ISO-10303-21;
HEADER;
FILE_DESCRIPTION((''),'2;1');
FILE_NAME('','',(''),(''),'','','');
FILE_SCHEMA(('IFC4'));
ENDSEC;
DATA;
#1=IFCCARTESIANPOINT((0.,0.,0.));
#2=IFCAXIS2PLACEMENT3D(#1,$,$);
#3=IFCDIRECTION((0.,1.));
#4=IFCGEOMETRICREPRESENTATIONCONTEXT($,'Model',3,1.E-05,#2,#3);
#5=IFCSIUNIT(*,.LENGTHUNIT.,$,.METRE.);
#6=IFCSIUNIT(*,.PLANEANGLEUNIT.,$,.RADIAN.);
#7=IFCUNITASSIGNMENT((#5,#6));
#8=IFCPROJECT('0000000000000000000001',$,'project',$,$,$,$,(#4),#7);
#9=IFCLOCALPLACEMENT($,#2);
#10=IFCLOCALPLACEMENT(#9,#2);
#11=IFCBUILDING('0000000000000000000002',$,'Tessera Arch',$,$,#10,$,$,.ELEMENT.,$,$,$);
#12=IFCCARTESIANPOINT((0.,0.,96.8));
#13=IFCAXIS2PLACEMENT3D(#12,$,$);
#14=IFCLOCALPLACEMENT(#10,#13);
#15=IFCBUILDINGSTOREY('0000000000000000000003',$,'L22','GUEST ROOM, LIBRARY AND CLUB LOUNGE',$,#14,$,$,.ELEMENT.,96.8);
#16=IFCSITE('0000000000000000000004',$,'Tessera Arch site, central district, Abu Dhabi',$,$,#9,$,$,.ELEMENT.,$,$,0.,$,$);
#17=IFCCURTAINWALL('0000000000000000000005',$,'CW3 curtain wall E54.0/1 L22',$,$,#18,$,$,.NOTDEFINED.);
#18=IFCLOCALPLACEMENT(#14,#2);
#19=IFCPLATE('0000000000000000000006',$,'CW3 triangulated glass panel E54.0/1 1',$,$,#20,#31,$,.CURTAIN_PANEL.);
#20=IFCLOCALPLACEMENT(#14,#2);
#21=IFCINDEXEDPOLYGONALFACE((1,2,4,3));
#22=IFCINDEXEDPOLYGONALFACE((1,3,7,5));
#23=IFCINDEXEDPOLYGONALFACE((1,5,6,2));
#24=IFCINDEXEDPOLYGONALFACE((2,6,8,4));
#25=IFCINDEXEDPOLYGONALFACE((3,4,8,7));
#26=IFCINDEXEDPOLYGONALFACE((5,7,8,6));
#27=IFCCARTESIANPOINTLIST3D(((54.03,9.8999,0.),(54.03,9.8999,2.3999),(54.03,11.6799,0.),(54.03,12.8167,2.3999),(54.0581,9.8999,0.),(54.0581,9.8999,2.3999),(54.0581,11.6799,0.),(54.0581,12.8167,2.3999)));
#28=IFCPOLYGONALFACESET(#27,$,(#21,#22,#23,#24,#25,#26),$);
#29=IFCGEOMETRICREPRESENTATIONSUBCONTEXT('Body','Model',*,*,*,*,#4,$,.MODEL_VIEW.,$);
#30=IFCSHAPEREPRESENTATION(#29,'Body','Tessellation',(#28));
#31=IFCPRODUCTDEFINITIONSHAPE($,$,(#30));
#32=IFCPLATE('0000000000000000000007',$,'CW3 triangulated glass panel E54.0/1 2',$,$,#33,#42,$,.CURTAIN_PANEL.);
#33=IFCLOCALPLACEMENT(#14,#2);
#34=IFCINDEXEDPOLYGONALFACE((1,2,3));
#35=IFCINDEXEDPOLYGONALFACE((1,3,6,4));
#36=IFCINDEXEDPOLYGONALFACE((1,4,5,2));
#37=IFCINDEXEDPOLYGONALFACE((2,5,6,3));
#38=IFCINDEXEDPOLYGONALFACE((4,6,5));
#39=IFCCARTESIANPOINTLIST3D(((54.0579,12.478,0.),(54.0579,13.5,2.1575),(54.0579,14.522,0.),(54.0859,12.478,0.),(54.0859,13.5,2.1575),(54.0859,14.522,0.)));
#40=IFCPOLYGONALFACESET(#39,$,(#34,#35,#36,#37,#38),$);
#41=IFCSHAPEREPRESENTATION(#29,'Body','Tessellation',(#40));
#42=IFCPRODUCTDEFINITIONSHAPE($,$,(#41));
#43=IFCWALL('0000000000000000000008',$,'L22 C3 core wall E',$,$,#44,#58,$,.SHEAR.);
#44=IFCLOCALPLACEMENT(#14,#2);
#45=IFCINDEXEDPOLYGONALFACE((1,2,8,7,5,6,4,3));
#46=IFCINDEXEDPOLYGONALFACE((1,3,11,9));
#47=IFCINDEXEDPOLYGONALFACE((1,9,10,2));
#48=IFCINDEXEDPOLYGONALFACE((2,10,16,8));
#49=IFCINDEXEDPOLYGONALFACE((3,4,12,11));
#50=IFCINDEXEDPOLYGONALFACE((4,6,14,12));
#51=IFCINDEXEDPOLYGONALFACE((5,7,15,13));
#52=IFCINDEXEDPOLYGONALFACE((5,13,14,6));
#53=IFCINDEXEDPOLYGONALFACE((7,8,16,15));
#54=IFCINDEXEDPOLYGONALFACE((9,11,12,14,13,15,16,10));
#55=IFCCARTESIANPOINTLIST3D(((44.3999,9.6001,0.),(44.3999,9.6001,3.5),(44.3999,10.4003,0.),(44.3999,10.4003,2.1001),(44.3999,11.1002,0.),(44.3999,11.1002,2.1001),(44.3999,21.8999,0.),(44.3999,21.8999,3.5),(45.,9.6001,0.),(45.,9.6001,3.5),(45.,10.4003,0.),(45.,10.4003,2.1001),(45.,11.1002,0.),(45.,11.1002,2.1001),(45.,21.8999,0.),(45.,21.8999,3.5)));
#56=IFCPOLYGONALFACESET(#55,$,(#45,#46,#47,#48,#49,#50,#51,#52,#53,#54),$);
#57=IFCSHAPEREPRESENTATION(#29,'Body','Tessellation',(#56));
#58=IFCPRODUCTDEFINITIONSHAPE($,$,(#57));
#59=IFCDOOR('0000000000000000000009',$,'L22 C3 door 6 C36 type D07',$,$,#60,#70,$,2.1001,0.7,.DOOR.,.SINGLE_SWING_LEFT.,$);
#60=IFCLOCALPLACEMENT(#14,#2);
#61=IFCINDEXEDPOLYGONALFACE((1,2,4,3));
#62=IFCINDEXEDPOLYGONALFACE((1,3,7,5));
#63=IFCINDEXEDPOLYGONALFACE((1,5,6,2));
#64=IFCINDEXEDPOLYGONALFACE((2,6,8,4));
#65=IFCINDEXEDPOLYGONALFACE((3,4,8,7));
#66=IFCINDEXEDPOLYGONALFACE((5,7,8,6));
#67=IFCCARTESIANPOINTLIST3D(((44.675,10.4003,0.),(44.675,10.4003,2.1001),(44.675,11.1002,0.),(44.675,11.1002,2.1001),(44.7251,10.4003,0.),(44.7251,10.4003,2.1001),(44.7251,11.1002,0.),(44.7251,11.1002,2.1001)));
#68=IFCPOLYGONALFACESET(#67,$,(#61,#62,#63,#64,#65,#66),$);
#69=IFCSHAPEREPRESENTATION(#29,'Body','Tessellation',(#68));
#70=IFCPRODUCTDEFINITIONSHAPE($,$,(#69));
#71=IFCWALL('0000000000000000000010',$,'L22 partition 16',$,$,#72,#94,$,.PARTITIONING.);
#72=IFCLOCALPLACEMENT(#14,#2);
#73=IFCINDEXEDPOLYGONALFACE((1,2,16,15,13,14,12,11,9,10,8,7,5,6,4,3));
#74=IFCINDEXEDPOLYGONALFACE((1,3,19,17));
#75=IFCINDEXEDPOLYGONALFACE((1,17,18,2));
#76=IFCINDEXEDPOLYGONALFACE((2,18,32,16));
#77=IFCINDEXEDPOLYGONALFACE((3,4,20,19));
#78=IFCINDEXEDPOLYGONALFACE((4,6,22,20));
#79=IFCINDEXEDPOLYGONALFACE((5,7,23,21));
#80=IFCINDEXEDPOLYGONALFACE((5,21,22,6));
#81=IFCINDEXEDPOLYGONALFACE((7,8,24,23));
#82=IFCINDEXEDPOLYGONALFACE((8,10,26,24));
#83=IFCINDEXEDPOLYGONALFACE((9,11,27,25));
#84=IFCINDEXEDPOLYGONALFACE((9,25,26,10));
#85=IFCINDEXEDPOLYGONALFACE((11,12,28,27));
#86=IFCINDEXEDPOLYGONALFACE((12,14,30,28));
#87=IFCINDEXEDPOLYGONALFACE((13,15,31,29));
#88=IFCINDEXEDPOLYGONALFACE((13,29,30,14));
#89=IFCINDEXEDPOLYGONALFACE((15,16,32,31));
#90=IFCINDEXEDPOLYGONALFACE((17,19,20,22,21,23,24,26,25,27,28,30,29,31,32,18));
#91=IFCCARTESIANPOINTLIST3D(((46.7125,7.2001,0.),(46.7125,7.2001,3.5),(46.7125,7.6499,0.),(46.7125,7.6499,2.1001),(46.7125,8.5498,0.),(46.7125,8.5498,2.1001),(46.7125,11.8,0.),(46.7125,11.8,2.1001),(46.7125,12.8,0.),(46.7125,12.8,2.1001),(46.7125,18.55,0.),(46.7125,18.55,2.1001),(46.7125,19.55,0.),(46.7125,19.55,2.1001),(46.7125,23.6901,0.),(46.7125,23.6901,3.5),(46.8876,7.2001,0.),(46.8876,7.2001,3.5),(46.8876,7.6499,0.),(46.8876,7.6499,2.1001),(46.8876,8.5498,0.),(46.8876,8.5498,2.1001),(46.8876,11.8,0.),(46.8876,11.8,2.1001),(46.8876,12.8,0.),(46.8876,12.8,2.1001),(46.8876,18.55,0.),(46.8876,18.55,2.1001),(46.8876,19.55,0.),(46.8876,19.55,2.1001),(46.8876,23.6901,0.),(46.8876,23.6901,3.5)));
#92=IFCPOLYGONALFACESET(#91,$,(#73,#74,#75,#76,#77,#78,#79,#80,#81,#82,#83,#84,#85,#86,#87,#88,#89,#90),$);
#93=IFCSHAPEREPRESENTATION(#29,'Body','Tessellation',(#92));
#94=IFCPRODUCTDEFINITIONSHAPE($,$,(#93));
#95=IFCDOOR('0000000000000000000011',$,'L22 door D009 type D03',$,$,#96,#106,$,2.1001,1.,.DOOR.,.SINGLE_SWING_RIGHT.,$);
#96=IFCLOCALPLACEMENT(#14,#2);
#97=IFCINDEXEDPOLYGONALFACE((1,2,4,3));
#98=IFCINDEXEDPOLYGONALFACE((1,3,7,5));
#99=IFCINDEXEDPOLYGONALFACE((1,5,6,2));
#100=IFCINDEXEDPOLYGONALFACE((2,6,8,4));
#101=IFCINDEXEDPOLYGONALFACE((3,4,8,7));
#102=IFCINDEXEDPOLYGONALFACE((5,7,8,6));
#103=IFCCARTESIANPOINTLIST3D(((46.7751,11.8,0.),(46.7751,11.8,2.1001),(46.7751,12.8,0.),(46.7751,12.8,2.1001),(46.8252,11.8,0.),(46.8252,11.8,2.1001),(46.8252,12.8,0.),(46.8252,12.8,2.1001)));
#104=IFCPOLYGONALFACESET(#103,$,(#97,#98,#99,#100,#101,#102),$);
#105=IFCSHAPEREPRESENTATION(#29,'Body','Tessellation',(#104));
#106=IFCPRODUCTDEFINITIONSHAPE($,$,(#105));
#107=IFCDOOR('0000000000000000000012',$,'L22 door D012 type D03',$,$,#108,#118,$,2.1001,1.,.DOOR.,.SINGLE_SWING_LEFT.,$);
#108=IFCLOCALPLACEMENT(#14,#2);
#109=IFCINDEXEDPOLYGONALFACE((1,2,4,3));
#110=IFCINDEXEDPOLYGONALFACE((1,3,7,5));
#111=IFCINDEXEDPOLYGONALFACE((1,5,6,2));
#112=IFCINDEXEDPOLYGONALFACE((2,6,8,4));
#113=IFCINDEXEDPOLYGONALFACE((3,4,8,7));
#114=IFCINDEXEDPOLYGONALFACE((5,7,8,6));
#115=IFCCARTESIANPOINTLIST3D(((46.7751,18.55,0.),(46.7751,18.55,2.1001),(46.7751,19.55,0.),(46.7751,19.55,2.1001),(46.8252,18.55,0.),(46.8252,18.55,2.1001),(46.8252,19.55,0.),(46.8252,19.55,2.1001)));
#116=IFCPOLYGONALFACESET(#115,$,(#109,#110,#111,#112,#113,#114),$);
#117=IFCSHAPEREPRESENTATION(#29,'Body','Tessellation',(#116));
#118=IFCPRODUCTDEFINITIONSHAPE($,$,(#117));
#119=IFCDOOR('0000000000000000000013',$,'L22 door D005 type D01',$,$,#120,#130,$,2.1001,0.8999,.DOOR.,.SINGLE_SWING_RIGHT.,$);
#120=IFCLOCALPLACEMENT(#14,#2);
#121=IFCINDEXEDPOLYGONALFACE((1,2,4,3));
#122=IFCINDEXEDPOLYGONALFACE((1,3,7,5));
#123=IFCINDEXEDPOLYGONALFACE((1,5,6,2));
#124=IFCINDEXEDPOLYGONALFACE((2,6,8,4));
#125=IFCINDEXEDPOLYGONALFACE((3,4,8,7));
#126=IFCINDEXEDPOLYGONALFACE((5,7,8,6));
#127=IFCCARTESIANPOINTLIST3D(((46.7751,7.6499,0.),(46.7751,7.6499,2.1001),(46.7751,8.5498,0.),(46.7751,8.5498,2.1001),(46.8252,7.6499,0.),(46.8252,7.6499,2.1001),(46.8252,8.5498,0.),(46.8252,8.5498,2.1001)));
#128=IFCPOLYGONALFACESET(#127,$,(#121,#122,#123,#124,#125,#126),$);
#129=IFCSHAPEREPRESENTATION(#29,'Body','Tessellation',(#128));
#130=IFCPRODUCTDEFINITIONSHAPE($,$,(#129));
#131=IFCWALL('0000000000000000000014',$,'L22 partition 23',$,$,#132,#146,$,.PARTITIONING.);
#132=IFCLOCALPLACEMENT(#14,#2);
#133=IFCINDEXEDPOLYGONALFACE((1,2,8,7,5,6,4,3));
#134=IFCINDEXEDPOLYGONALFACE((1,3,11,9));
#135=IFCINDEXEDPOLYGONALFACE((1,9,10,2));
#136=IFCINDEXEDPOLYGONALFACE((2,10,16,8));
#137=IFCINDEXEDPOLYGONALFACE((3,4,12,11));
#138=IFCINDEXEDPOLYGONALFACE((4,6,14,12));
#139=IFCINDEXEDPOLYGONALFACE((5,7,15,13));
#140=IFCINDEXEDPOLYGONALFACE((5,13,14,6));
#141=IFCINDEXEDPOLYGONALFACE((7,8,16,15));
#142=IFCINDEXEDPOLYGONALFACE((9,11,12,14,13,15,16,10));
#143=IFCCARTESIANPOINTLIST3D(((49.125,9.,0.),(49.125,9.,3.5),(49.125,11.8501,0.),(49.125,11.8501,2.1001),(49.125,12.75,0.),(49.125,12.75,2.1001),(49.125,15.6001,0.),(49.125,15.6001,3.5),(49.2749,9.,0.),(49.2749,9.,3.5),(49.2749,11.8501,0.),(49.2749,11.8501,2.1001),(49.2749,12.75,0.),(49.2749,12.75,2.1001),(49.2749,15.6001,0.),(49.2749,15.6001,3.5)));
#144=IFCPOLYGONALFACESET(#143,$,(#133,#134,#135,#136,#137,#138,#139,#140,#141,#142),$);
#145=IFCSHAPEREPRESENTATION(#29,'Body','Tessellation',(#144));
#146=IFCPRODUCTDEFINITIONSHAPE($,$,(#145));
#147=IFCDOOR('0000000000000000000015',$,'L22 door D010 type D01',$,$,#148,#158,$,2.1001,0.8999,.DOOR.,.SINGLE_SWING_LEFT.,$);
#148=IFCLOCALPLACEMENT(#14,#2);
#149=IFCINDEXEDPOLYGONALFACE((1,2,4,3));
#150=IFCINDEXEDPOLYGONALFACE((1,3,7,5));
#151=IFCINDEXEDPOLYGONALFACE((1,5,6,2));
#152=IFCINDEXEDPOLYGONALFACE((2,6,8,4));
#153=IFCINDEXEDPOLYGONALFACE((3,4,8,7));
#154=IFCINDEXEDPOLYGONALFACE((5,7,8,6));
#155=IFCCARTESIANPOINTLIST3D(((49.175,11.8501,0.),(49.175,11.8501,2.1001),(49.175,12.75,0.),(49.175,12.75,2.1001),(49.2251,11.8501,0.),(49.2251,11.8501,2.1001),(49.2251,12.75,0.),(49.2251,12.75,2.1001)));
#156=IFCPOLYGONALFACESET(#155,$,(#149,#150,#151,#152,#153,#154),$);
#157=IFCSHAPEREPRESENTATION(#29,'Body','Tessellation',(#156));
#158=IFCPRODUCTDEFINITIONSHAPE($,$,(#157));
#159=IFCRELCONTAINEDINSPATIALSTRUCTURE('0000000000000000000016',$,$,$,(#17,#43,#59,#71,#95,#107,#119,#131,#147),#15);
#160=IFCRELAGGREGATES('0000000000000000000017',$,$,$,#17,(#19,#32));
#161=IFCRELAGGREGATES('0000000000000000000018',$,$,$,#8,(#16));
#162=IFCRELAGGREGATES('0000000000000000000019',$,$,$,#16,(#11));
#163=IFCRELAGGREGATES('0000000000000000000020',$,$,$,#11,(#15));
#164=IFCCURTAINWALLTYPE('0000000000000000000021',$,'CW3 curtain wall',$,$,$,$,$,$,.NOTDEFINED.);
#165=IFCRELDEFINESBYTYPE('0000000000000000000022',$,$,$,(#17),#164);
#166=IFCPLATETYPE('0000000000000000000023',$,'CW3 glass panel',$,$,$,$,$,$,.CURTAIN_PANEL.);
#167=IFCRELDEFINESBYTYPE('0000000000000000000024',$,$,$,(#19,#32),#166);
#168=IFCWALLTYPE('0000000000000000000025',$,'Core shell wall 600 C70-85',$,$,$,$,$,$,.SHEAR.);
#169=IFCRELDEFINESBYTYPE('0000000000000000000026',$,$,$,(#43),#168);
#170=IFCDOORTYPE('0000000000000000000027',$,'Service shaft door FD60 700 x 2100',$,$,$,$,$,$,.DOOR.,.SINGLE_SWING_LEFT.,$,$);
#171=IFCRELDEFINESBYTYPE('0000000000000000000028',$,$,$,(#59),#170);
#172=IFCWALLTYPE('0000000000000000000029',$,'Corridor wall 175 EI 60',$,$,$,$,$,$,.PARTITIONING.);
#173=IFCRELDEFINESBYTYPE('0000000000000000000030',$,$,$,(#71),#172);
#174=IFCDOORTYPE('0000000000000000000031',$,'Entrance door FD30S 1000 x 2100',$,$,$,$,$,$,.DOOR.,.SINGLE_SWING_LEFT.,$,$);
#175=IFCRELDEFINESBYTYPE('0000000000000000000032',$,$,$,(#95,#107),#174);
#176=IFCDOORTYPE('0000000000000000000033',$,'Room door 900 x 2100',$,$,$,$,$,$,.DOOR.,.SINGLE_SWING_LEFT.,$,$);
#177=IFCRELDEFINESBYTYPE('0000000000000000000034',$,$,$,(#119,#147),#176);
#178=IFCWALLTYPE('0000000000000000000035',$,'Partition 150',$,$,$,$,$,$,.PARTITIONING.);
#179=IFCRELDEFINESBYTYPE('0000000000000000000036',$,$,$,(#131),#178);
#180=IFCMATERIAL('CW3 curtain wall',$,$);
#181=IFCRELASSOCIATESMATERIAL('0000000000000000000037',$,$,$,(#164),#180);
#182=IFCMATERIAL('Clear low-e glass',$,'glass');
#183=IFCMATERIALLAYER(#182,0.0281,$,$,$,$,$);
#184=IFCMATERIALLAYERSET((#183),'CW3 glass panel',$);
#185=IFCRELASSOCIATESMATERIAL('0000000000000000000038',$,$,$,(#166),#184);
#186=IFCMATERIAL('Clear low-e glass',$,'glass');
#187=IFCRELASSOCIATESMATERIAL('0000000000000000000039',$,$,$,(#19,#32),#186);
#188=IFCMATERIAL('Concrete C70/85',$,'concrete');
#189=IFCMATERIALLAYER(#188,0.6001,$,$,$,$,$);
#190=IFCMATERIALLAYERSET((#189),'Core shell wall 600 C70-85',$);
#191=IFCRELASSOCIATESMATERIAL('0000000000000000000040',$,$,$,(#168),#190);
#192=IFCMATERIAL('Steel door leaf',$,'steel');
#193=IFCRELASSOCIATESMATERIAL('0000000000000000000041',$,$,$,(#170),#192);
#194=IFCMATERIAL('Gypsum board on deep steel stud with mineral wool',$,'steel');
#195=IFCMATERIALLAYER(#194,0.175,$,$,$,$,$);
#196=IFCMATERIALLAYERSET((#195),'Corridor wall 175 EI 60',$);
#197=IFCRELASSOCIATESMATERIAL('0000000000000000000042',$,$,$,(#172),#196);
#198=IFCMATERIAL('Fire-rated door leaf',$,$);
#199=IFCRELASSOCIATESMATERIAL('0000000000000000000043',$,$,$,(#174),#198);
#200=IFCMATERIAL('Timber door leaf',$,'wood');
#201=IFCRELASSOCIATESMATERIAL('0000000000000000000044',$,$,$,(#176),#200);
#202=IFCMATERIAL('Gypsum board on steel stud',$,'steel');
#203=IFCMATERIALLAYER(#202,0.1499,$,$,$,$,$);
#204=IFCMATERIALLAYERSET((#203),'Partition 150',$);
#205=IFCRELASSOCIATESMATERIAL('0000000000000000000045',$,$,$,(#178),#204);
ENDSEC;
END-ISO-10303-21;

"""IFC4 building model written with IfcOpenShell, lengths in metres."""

from ifc_helpers import new_model, si_unit, direction, frame, frame_2d, origin, place, context, subcontext, project, spatial, polyline, rectangle, outline, extrude, material, layer, layer_set, type_object, element, fill, aggregate, save


model = new_model("IFC4")

# Units and contexts
model_context = context("Model", 3, precision=1e-05, world=origin(), true_north=direction((0.0, 1.0)))
body_context = subcontext(model_context, "Body", "Model", "MODEL_VIEW")
ifc_project = project(units=[si_unit("LENGTHUNIT", "METRE"), si_unit("PLANEANGLEUNIT", "RADIAN")], contexts=[model_context])

# Site, building, storey
site_placement = place(None, origin())
site = spatial("IfcSite", under=ifc_project, at=site_placement, Name="Tessera Arch site, central district, Abu Dhabi", CompositionType="ELEMENT", RefElevation=0.0)
building_placement = place(site_placement, origin())
building = spatial("IfcBuilding", under=site, at=building_placement, Name="Tessera Arch", CompositionType="ELEMENT")
storey_placement = place(building_placement, frame((0.0, 0.0, 96.8)))
storey = spatial("IfcBuildingStorey", under=building, at=storey_placement, Name="L22", Description="GUEST ROOM, LIBRARY AND CLUB LOUNGE", CompositionType="ELEMENT", Elevation=96.8)

# Curtain wall
ifc_material_1 = material(Name="CW3 curtain wall")
curtain_wall_type_1 = type_object("IfcCurtainWallType", Name="CW3 curtain wall", PredefinedType="NOTDEFINED", material=ifc_material_1)
curtain_wall_1_placement = place(storey_placement, origin())
curtain_wall_1 = element("IfcCurtainWall", 1, at=curtain_wall_1_placement, inside=storey, type_object=curtain_wall_type_1, Name="CW3 curtain wall E54.0/1 L22", PredefinedType="NOTDEFINED")

# Plates
ifc_material_2 = material(Name="Clear low-e glass", Category="glass")
ifc_material_3 = material(Name="Clear low-e glass", Category="glass")
ifc_layer_1 = layer(ifc_material_3, 0.0281)
ifc_layer_set_1 = layer_set([ifc_layer_1], Name="CW3 glass panel")
plate_type_1 = type_object("IfcPlateType", Name="CW3 glass panel", PredefinedType="CURTAIN_PANEL", material=ifc_layer_set_1)
plate_1_placement = place(storey_placement, frame((54.0581, 9.8999, 0.0), z_axis=(1.0, 0.0, 0.0), x_axis=(0.0, 1.0, 0.0)))
plate_1 = element("IfcPlate", 2, at=plate_1_placement, type_object=plate_type_1, material=ifc_material_2, Name="CW3 triangulated glass panel E54.0/1 1", PredefinedType="CURTAIN_PANEL", context=body_context, shape_type="SweptSolid", body=[
    extrude(outline(polyline([(0.0, 0.0), (1.78, 0.0), (2.9167, 2.3999), (0.0, 2.3999), (0.0, 0.0)])), origin(), (0.0, 0.0, -1.0), 0.0281),
])
plate_2_placement = place(storey_placement, frame((54.0859, 12.478, 0.0), z_axis=(1.0, 0.0, 0.0), x_axis=(0.0, 1.0, 0.0)))
plate_2 = element("IfcPlate", 3, at=plate_2_placement, type_object=plate_type_1, material=ifc_material_2, Name="CW3 triangulated glass panel E54.0/1 2", PredefinedType="CURTAIN_PANEL", context=body_context, shape_type="SweptSolid", body=[
    extrude(outline(polyline([(0.0, 0.0), (2.0439, 0.0), (1.022, 2.1575), (0.0, 0.0)])), origin(), (0.0, 0.0, -1.0), 0.0281),
])

# Wall, opening, door
ifc_material_4 = material(Name="Concrete C70/85", Category="concrete")
ifc_layer_2 = layer(ifc_material_4, 0.6001)
ifc_layer_set_2 = layer_set([ifc_layer_2], Name="Core shell wall 600 C70-85")
wall_type_1 = type_object("IfcWallType", Name="Core shell wall 600 C70-85", PredefinedType="SHEAR", material=ifc_layer_set_2)
wall_1_placement = place(storey_placement, frame((44.7, 9.6001, 0.0), z_axis=(0.0, 0.0, 1.0), x_axis=(0.0, 1.0, 0.0)))
wall_1 = element("IfcWall", 4, at=wall_1_placement, inside=storey, type_object=wall_type_1, Name="L22 C3 core wall E", PredefinedType="SHEAR", context=body_context, shape_type="SweptSolid", body=[
    extrude(rectangle(XDim=12.2998, YDim=0.6001, at=frame_2d((6.1499, 0.0))), origin(), (0.0, 0.0, 1.0), 3.5),
])
opening_1_placement = place(wall_1_placement, frame((0.8, 0.0, 0.0)))
opening_1 = element("IfcOpeningElement", 5, at=opening_1_placement, cuts=wall_1, PredefinedType="OPENING", context=body_context, shape_type="SweptSolid", body=[
    extrude(rectangle(XDim=0.7, YDim=2.1001, at=frame_2d((0.3501, 1.05))), frame((0.0, 0.3101, 0.0), z_axis=(0.0, -1.0, 0.0), x_axis=(1.0, 0.0, 0.0)), (0.0, 0.0, 1.0), 0.6201),
])
ifc_material_5 = material(Name="Steel door leaf", Category="steel")
door_type_1 = type_object("IfcDoorType", Name="Service shaft door FD60 700 x 2100", OperationType="SINGLE_SWING_LEFT", PredefinedType="DOOR", material=ifc_material_5)
door_1_placement = place(opening_1_placement, origin())
door_1 = element("IfcDoor", 6, at=door_1_placement, inside=storey, type_object=door_type_1, Name="L22 C3 door 6 C36 type D07", OperationType="SINGLE_SWING_LEFT", OverallHeight=2.1001, OverallWidth=0.7, PredefinedType="DOOR", context=body_context, shape_type="SweptSolid", body=[
    extrude(rectangle(XDim=0.7, YDim=2.1001, at=frame_2d((0.3501, 1.05))), frame((0.0, 0.0249, 0.0), z_axis=(0.0, -1.0, 0.0), x_axis=(1.0, 0.0, 0.0)), (0.0, 0.0, 1.0), 0.05),
])
fill(opening_1, door_1)

# Wall, openings, doors
ifc_material_6 = material(Name="Gypsum board on deep steel stud with mineral wool", Category="steel")
ifc_layer_3 = layer(ifc_material_6, 0.175)
ifc_layer_set_3 = layer_set([ifc_layer_3], Name="Corridor wall 175 EI 60")
wall_type_2 = type_object("IfcWallType", Name="Corridor wall 175 EI 60", PredefinedType="PARTITIONING", material=ifc_layer_set_3)
wall_2_placement = place(storey_placement, frame((46.8, 7.2, 0.0), z_axis=(0.0, 0.0, 1.0), x_axis=(0.0, 1.0, 0.0)))
wall_2 = element("IfcWall", 7, at=wall_2_placement, inside=storey, type_object=wall_type_2, Name="L22 partition 16", PredefinedType="PARTITIONING", context=body_context, shape_type="SweptSolid", body=[
    extrude(rectangle(XDim=16.49, YDim=0.175, at=frame_2d((8.2451, 0.0))), origin(), (0.0, 0.0, 1.0), 3.5),
])
opening_2_placement = place(wall_2_placement, frame((0.45, 0.0, 0.0)))
opening_2 = element("IfcOpeningElement", 8, at=opening_2_placement, cuts=wall_2, PredefinedType="OPENING", context=body_context, shape_type="SweptSolid", body=[
    extrude(rectangle(XDim=0.8999, YDim=2.1001, at=frame_2d((0.45, 1.05))), frame((0.0, 0.0974, 0.0), z_axis=(0.0, -1.0, 0.0), x_axis=(1.0, 0.0, 0.0)), (0.0, 0.0, 1.0), 0.1951),
])
opening_3_placement = place(wall_2_placement, frame((4.6001, 0.0, 0.0)))
opening_3 = element("IfcOpeningElement", 9, at=opening_3_placement, cuts=wall_2, PredefinedType="OPENING", context=body_context, shape_type="SweptSolid", body=[
    extrude(rectangle(XDim=1.0, YDim=2.1001, at=frame_2d((0.5, 1.05))), frame((0.0, 0.0974, 0.0), z_axis=(0.0, -1.0, 0.0), x_axis=(1.0, 0.0, 0.0)), (0.0, 0.0, 1.0), 0.1951),
])
opening_4_placement = place(wall_2_placement, frame((11.3501, 0.0, 0.0)))
opening_4 = element("IfcOpeningElement", 10, at=opening_4_placement, cuts=wall_2, PredefinedType="OPENING", context=body_context, shape_type="SweptSolid", body=[
    extrude(rectangle(XDim=1.0, YDim=2.1001, at=frame_2d((0.5, 1.05))), frame((0.0, 0.0974, 0.0), z_axis=(0.0, -1.0, 0.0), x_axis=(1.0, 0.0, 0.0)), (0.0, 0.0, 1.0), 0.1951),
])
ifc_material_7 = material(Name="Fire-rated door leaf")
door_type_2 = type_object("IfcDoorType", Name="Entrance door FD30S 1000 x 2100", OperationType="SINGLE_SWING_LEFT", PredefinedType="DOOR", material=ifc_material_7)
door_2_placement = place(opening_3_placement, origin())
door_2 = element("IfcDoor", 11, at=door_2_placement, inside=storey, type_object=door_type_2, Name="L22 door D009 type D03", OperationType="SINGLE_SWING_RIGHT", OverallHeight=2.1001, OverallWidth=1.0, PredefinedType="DOOR", context=body_context, shape_type="SweptSolid", body=[
    extrude(rectangle(XDim=1.0, YDim=2.1001, at=frame_2d((0.5, 1.05))), frame((0.0, 0.0249, 0.0), z_axis=(0.0, -1.0, 0.0), x_axis=(1.0, 0.0, 0.0)), (0.0, 0.0, 1.0), 0.05),
])
fill(opening_3, door_2)
door_3_placement = place(opening_4_placement, origin())
door_3 = element("IfcDoor", 12, at=door_3_placement, inside=storey, type_object=door_type_2, Name="L22 door D012 type D03", OperationType="SINGLE_SWING_LEFT", OverallHeight=2.1001, OverallWidth=1.0, PredefinedType="DOOR", context=body_context, shape_type="SweptSolid", body=[
    extrude(rectangle(XDim=1.0, YDim=2.1001, at=frame_2d((0.5, 1.05))), frame((0.0, 0.0249, 0.0), z_axis=(0.0, -1.0, 0.0), x_axis=(1.0, 0.0, 0.0)), (0.0, 0.0, 1.0), 0.05),
])
fill(opening_4, door_3)
ifc_material_8 = material(Name="Timber door leaf", Category="wood")
door_type_3 = type_object("IfcDoorType", Name="Room door 900 x 2100", OperationType="SINGLE_SWING_LEFT", PredefinedType="DOOR", material=ifc_material_8)
door_4_placement = place(opening_2_placement, origin())
door_4 = element("IfcDoor", 13, at=door_4_placement, inside=storey, type_object=door_type_3, Name="L22 door D005 type D01", OperationType="SINGLE_SWING_RIGHT", OverallHeight=2.1001, OverallWidth=0.8999, PredefinedType="DOOR", context=body_context, shape_type="SweptSolid", body=[
    extrude(rectangle(XDim=0.8999, YDim=2.1001, at=frame_2d((0.45, 1.05))), frame((0.0, 0.0249, 0.0), z_axis=(0.0, -1.0, 0.0), x_axis=(1.0, 0.0, 0.0)), (0.0, 0.0, 1.0), 0.05),
])
fill(opening_2, door_4)

# Wall, opening, door
ifc_material_9 = material(Name="Gypsum board on steel stud", Category="steel")
ifc_layer_4 = layer(ifc_material_9, 0.1499)
ifc_layer_set_4 = layer_set([ifc_layer_4], Name="Partition 150")
wall_type_3 = type_object("IfcWallType", Name="Partition 150", PredefinedType="PARTITIONING", material=ifc_layer_set_4)
wall_3_placement = place(storey_placement, frame((49.2, 9.0, 0.0), z_axis=(0.0, 0.0, 1.0), x_axis=(0.0, 1.0, 0.0)))
wall_3 = element("IfcWall", 14, at=wall_3_placement, inside=storey, type_object=wall_type_3, Name="L22 partition 23", PredefinedType="PARTITIONING", context=body_context, shape_type="SweptSolid", body=[
    extrude(rectangle(XDim=6.6001, YDim=0.1499, at=frame_2d((3.3, 0.0))), origin(), (0.0, 0.0, 1.0), 3.5),
])
opening_5_placement = place(wall_3_placement, frame((2.8501, 0.0, 0.0)))
opening_5 = element("IfcOpeningElement", 15, at=opening_5_placement, cuts=wall_3, PredefinedType="OPENING", context=body_context, shape_type="SweptSolid", body=[
    extrude(rectangle(XDim=0.8999, YDim=2.1001, at=frame_2d((0.45, 1.05))), frame((0.0, 0.085, 0.0), z_axis=(0.0, -1.0, 0.0), x_axis=(1.0, 0.0, 0.0)), (0.0, 0.0, 1.0), 0.1699),
])
door_5_placement = place(opening_5_placement, origin())
door_5 = element("IfcDoor", 16, at=door_5_placement, inside=storey, type_object=door_type_3, Name="L22 door D010 type D01", OperationType="SINGLE_SWING_LEFT", OverallHeight=2.1001, OverallWidth=0.8999, PredefinedType="DOOR", context=body_context, shape_type="SweptSolid", body=[
    extrude(rectangle(XDim=0.8999, YDim=2.1001, at=frame_2d((0.45, 1.05))), frame((0.0, 0.0249, 0.0), z_axis=(0.0, -1.0, 0.0), x_axis=(1.0, 0.0, 0.0)), (0.0, 0.0, 1.0), 0.05),
])
fill(opening_5, door_5)

aggregate(curtain_wall_1, [plate_1, plate_2])

save(model, "model.ifc")
